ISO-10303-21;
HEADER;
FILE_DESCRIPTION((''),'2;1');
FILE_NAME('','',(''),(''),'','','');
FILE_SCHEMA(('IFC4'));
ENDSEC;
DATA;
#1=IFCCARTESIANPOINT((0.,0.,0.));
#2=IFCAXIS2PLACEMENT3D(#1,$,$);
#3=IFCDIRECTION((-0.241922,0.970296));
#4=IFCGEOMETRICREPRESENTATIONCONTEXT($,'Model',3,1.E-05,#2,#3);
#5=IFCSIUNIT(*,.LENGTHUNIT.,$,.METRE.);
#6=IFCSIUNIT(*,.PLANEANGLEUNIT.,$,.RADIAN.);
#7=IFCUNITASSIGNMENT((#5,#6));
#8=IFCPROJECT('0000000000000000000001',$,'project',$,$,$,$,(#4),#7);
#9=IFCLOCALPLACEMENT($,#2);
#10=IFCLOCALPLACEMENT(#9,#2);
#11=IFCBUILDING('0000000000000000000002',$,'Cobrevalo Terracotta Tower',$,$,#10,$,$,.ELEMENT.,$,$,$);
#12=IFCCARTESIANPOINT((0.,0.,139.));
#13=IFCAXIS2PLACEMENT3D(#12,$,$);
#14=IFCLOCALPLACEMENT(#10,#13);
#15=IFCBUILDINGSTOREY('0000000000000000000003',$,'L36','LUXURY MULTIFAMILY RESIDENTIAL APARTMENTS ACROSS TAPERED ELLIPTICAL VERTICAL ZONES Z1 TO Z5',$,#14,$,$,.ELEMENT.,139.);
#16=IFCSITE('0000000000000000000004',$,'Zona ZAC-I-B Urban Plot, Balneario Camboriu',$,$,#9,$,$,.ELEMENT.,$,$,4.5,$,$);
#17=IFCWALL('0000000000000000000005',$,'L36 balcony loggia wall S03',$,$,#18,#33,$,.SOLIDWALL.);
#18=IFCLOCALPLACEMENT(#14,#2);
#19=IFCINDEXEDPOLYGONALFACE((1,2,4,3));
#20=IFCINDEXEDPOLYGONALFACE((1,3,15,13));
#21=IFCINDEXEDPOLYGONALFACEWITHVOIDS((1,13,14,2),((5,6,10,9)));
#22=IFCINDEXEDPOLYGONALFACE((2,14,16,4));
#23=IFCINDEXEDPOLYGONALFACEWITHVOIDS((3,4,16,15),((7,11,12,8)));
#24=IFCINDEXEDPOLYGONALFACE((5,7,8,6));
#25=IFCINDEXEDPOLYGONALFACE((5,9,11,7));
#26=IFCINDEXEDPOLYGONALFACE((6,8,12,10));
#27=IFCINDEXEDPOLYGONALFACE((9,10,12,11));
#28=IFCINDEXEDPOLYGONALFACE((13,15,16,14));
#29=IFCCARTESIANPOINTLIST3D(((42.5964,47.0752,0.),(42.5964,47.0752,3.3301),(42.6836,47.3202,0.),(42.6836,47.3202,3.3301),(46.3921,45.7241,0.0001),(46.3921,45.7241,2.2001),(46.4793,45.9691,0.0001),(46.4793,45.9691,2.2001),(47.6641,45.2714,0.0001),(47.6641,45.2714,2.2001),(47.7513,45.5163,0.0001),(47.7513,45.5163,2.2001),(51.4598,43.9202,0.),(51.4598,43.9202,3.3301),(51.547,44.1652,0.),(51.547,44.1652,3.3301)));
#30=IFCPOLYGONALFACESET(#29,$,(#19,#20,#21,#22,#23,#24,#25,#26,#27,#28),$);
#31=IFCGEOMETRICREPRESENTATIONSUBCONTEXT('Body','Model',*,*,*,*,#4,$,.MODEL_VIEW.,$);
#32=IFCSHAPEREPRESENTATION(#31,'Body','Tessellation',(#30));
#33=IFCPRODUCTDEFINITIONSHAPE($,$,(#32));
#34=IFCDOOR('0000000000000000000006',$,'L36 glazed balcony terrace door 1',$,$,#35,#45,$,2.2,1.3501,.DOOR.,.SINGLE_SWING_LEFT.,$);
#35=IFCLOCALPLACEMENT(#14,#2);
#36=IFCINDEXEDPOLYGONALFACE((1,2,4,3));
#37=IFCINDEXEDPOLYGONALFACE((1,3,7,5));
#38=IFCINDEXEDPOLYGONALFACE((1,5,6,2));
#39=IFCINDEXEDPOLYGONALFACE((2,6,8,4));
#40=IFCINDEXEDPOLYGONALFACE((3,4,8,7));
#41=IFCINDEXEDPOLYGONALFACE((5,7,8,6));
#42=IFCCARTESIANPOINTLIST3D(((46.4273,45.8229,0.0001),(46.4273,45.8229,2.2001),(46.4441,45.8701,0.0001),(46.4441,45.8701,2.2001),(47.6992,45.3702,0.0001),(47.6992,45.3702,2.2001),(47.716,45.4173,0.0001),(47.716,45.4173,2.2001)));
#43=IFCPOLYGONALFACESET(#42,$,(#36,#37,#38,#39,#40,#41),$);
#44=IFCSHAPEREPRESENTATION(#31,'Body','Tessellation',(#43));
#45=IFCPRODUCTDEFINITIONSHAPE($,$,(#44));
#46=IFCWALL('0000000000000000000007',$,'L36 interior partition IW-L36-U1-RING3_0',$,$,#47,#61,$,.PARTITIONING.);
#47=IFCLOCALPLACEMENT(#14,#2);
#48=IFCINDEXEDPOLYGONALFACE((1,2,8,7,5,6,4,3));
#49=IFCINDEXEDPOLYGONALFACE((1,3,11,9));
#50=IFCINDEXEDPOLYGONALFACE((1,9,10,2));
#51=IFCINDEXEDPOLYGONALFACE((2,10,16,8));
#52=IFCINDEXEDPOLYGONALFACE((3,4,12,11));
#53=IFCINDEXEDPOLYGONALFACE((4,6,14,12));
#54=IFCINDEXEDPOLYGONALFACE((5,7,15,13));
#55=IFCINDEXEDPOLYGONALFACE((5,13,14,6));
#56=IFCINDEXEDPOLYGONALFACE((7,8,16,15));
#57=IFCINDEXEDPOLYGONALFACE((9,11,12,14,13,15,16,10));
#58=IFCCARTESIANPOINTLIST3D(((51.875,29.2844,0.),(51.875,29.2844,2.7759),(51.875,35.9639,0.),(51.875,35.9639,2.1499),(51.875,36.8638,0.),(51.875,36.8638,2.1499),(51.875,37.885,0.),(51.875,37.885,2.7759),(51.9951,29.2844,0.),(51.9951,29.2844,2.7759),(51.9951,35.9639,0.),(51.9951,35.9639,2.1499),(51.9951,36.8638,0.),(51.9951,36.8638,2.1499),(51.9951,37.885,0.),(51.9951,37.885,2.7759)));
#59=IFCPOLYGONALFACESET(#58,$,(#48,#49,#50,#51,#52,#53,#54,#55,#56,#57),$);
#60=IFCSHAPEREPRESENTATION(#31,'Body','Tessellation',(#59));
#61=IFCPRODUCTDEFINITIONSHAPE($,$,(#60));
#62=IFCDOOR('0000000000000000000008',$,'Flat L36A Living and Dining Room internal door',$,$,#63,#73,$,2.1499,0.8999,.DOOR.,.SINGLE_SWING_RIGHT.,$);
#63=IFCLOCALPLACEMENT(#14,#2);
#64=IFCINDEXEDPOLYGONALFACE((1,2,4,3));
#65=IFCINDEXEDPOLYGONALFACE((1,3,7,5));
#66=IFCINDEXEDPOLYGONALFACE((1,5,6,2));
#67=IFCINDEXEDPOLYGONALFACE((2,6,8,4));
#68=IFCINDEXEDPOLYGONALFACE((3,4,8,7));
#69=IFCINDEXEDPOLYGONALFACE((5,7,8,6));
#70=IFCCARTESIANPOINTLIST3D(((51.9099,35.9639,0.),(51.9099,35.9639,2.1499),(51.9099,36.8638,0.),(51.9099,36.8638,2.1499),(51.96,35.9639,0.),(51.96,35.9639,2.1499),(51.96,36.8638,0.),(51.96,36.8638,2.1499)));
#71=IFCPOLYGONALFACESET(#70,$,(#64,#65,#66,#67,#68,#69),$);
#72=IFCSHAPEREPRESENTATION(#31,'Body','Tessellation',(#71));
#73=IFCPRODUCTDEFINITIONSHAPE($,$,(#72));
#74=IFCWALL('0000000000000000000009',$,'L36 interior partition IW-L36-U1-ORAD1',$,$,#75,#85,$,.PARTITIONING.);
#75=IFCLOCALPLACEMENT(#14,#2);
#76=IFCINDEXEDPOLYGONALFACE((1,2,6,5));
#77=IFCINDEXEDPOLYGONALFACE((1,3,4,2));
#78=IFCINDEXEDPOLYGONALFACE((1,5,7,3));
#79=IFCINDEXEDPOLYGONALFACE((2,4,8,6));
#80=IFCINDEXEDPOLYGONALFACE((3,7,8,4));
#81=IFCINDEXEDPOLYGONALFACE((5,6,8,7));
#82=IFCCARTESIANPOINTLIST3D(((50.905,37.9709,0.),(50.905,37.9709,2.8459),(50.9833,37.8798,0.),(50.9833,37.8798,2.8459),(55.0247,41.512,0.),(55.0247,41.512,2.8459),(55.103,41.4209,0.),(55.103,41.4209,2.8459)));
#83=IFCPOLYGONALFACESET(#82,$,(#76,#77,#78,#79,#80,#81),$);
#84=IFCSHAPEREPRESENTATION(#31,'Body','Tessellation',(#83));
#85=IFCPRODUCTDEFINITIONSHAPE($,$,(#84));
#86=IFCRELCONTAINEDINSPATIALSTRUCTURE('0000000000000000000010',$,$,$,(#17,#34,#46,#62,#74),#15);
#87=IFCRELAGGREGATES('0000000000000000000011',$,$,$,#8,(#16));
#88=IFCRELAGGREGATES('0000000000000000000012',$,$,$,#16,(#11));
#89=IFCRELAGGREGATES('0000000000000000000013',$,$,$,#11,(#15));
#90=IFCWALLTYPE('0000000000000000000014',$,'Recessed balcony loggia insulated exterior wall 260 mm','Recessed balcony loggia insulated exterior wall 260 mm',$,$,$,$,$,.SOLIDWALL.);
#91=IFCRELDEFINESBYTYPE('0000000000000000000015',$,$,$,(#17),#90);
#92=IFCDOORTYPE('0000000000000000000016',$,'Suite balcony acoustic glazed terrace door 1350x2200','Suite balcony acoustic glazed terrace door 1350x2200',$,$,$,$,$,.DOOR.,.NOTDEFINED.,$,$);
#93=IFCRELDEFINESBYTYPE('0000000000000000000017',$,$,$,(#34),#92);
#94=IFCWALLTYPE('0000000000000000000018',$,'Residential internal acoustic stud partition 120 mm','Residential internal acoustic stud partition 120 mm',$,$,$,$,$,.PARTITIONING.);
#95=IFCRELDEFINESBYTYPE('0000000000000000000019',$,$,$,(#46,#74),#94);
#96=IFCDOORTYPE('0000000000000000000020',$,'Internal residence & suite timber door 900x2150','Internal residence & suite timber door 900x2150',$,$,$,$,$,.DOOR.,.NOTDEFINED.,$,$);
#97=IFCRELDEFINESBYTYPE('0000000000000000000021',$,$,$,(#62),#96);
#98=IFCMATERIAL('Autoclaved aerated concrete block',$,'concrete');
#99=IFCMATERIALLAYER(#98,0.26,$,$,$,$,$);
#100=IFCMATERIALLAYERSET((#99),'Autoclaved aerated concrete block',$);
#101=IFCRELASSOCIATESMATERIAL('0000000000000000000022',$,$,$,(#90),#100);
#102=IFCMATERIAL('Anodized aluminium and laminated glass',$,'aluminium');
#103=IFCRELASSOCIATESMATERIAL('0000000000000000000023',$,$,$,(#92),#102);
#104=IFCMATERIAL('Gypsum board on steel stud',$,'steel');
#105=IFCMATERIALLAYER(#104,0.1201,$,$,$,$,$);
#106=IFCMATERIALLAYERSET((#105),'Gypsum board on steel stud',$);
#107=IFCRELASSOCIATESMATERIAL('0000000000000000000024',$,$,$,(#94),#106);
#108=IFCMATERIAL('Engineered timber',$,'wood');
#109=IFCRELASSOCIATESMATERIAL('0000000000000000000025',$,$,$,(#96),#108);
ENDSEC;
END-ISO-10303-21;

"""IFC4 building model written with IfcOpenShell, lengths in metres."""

from ifc_helpers import new_model, si_unit, direction, frame, frame_2d, origin, place, context, subcontext, project, spatial, rectangle, extrude, source, transform, mapped, material, layer, layer_set, type_object, element, fill, save


model = new_model("IFC4")

# Units and contexts
model_context = context("Model", 3, precision=1e-05, world=origin(), true_north=direction((-0.241922, 0.970296)))
body_context = subcontext(model_context, "Body", "Model", "MODEL_VIEW")
ifc_project = project(units=[si_unit("LENGTHUNIT", "METRE"), si_unit("PLANEANGLEUNIT", "RADIAN")], contexts=[model_context])

# Site, building, storey
site_placement = place(None, origin())
site = spatial("IfcSite", under=ifc_project, at=site_placement, Name="Zona ZAC-I-B Urban Plot, Balneario Camboriu", CompositionType="ELEMENT", RefElevation=4.5)
building_placement = place(site_placement, origin())
building = spatial("IfcBuilding", under=site, at=building_placement, Name="Cobrevalo Terracotta Tower", CompositionType="ELEMENT")
storey_placement = place(building_placement, frame((0.0, 0.0, 139.0)))
storey = spatial("IfcBuildingStorey", under=building, at=storey_placement, Name="L36", Description="LUXURY MULTIFAMILY RESIDENTIAL APARTMENTS ACROSS TAPERED ELLIPTICAL VERTICAL ZONES Z1 TO Z5", CompositionType="ELEMENT", Elevation=139.0)

# Walls, openings, doors
ifc_material_1 = material(Name="Autoclaved aerated concrete block", Category="concrete")
ifc_layer_1 = layer(ifc_material_1, 0.26)
ifc_layer_set_1 = layer_set([ifc_layer_1], Name="Autoclaved aerated concrete block")
wall_type_1 = type_object("IfcWallType", Name="Recessed balcony loggia insulated exterior wall 260 mm", Description="Recessed balcony loggia insulated exterior wall 260 mm", PredefinedType="SOLIDWALL", material=ifc_layer_set_1)
wall_1_placement = place(storey_placement, frame((51.5034, 44.0427, 0.0), z_axis=(0.0, 0.0, 1.0), x_axis=(-0.942095, 0.335345, 0.0)))
wall_1 = element("IfcWall", 1, at=wall_1_placement, inside=storey, type_object=wall_type_1, Name="L36 balcony loggia wall S03", PredefinedType="SOLIDWALL", context=body_context, shape_type="SweptSolid", body=[
    extrude(rectangle(XDim=9.4082, YDim=0.26, at=frame_2d((4.7041, 0.0))), origin(), (0.0, 0.0, 1.0), 3.3301),
])
opening_1_placement = place(wall_1_placement, frame((4.0291, 0.0, 0.0)))
opening_1 = element("IfcOpeningElement", 2, at=opening_1_placement, cuts=wall_1, PredefinedType="OPENING", context=body_context, shape_type="SweptSolid", body=[
    extrude(rectangle(XDim=1.3501, YDim=2.2, at=frame_2d((0.675, 1.1001))), frame((0.0, 0.1401, 0.0), z_axis=(0.0, -1.0, 0.0), x_axis=(1.0, 0.0, 0.0)), (0.0, 0.0, 1.0), 0.28),
])
ifc_material_2 = material(Name="Anodized aluminium and laminated glass", Category="aluminium")
door_type_1 = type_object("IfcDoorType", Name="Suite balcony acoustic glazed terrace door 1350x2200", Description="Suite balcony acoustic glazed terrace door 1350x2200", OperationType="NOTDEFINED", PredefinedType="DOOR", material=ifc_material_2)
shared_shape_1 = source(origin(), body_context, "Body", "SweptSolid", [
    extrude(rectangle(XDim=1.3501, YDim=2.2, at=frame_2d((0.675, 1.1001))), frame((0.0, 0.0249, 0.0), z_axis=(0.0, -1.0, 0.0), x_axis=(1.0, 0.0, 0.0)), (0.0, 0.0, 1.0), 0.05),
])
door_1_placement = place(opening_1_placement, frame((1.3501, 0.0, 0.0), z_axis=(0.0, 0.0, 1.0), x_axis=(-1.0, 0.0, 0.0)))
door_1 = element("IfcDoor", 3, at=door_1_placement, inside=storey, type_object=door_type_1, Name="L36 glazed balcony terrace door 1", OperationType="SINGLE_SWING_LEFT", OverallHeight=2.2, OverallWidth=1.3501, PredefinedType="DOOR", context=body_context, shape_type="MappedRepresentation", body=[
    mapped(shared_shape_1, transform((0.0, 0.0, 0.0), scale=1.0)),
])
fill(opening_1, door_1)
ifc_material_3 = material(Name="Gypsum board on steel stud", Category="steel")
ifc_layer_2 = layer(ifc_material_3, 0.1201)
ifc_layer_set_2 = layer_set([ifc_layer_2], Name="Gypsum board on steel stud")
wall_type_2 = type_object("IfcWallType", Name="Residential internal acoustic stud partition 120 mm", Description="Residential internal acoustic stud partition 120 mm", PredefinedType="PARTITIONING", material=ifc_layer_set_2)
wall_2_placement = place(storey_placement, frame((51.9351, 37.885, 0.0), z_axis=(0.0, 0.0, 1.0), x_axis=(0.0, -1.0, 0.0)))
wall_2 = element("IfcWall", 4, at=wall_2_placement, inside=storey, type_object=wall_type_2, Name="L36 interior partition IW-L36-U1-RING3_0", PredefinedType="PARTITIONING", context=body_context, shape_type="SweptSolid", body=[
    extrude(rectangle(XDim=8.6006, YDim=0.1201, at=frame_2d((4.3003, 0.0))), origin(), (0.0, 0.0, 1.0), 2.7759),
])
opening_2_placement = place(wall_2_placement, frame((1.0212, 0.0, 0.0)))
opening_2 = element("IfcOpeningElement", 5, at=opening_2_placement, cuts=wall_2, PredefinedType="OPENING", context=body_context, shape_type="SweptSolid", body=[
    extrude(rectangle(XDim=0.8999, YDim=2.1499, at=frame_2d((0.45, 1.075))), frame((0.0, 0.0701, 0.0), z_axis=(0.0, -1.0, 0.0), x_axis=(1.0, 0.0, 0.0)), (0.0, 0.0, 1.0), 0.1401),
])
ifc_material_4 = material(Name="Engineered timber", Category="wood")
door_type_2 = type_object("IfcDoorType", Name="Internal residence & suite timber door 900x2150", Description="Internal residence & suite timber door 900x2150", OperationType="NOTDEFINED", PredefinedType="DOOR", material=ifc_material_4)
shared_shape_2 = source(origin(), body_context, "Body", "SweptSolid", [
    extrude(rectangle(XDim=0.8999, YDim=2.1499, at=frame_2d((0.45, 1.075))), frame((0.0, 0.0249, 0.0), z_axis=(0.0, -1.0, 0.0), x_axis=(1.0, 0.0, 0.0)), (0.0, 0.0, 1.0), 0.05),
])
door_2_placement = place(opening_2_placement, origin())
door_2 = element("IfcDoor", 6, at=door_2_placement, inside=storey, type_object=door_type_2, Name="Flat L36A Living and Dining Room internal door", OperationType="SINGLE_SWING_RIGHT", OverallHeight=2.1499, OverallWidth=0.8999, PredefinedType="DOOR", context=body_context, shape_type="MappedRepresentation", body=[
    mapped(shared_shape_2, transform((0.0, 0.0, 0.0), scale=1.0)),
])
fill(opening_2, door_2)

# Wall
wall_3_placement = place(storey_placement, frame((50.9441, 37.9253, 0.0), z_axis=(0.0, 0.0, 1.0), x_axis=(0.758355, 0.651842, 0.0)))
element("IfcWall", 7, at=wall_3_placement, inside=storey, type_object=wall_type_2, Name="L36 interior partition IW-L36-U1-ORAD1", PredefinedType="PARTITIONING", context=body_context, shape_type="SweptSolid", body=[
    extrude(rectangle(XDim=5.4324, YDim=0.1201, at=frame_2d((2.7163, 0.0))), origin(), (0.0, 0.0, 1.0), 2.8459),
])

save(model, "model.ifc")
